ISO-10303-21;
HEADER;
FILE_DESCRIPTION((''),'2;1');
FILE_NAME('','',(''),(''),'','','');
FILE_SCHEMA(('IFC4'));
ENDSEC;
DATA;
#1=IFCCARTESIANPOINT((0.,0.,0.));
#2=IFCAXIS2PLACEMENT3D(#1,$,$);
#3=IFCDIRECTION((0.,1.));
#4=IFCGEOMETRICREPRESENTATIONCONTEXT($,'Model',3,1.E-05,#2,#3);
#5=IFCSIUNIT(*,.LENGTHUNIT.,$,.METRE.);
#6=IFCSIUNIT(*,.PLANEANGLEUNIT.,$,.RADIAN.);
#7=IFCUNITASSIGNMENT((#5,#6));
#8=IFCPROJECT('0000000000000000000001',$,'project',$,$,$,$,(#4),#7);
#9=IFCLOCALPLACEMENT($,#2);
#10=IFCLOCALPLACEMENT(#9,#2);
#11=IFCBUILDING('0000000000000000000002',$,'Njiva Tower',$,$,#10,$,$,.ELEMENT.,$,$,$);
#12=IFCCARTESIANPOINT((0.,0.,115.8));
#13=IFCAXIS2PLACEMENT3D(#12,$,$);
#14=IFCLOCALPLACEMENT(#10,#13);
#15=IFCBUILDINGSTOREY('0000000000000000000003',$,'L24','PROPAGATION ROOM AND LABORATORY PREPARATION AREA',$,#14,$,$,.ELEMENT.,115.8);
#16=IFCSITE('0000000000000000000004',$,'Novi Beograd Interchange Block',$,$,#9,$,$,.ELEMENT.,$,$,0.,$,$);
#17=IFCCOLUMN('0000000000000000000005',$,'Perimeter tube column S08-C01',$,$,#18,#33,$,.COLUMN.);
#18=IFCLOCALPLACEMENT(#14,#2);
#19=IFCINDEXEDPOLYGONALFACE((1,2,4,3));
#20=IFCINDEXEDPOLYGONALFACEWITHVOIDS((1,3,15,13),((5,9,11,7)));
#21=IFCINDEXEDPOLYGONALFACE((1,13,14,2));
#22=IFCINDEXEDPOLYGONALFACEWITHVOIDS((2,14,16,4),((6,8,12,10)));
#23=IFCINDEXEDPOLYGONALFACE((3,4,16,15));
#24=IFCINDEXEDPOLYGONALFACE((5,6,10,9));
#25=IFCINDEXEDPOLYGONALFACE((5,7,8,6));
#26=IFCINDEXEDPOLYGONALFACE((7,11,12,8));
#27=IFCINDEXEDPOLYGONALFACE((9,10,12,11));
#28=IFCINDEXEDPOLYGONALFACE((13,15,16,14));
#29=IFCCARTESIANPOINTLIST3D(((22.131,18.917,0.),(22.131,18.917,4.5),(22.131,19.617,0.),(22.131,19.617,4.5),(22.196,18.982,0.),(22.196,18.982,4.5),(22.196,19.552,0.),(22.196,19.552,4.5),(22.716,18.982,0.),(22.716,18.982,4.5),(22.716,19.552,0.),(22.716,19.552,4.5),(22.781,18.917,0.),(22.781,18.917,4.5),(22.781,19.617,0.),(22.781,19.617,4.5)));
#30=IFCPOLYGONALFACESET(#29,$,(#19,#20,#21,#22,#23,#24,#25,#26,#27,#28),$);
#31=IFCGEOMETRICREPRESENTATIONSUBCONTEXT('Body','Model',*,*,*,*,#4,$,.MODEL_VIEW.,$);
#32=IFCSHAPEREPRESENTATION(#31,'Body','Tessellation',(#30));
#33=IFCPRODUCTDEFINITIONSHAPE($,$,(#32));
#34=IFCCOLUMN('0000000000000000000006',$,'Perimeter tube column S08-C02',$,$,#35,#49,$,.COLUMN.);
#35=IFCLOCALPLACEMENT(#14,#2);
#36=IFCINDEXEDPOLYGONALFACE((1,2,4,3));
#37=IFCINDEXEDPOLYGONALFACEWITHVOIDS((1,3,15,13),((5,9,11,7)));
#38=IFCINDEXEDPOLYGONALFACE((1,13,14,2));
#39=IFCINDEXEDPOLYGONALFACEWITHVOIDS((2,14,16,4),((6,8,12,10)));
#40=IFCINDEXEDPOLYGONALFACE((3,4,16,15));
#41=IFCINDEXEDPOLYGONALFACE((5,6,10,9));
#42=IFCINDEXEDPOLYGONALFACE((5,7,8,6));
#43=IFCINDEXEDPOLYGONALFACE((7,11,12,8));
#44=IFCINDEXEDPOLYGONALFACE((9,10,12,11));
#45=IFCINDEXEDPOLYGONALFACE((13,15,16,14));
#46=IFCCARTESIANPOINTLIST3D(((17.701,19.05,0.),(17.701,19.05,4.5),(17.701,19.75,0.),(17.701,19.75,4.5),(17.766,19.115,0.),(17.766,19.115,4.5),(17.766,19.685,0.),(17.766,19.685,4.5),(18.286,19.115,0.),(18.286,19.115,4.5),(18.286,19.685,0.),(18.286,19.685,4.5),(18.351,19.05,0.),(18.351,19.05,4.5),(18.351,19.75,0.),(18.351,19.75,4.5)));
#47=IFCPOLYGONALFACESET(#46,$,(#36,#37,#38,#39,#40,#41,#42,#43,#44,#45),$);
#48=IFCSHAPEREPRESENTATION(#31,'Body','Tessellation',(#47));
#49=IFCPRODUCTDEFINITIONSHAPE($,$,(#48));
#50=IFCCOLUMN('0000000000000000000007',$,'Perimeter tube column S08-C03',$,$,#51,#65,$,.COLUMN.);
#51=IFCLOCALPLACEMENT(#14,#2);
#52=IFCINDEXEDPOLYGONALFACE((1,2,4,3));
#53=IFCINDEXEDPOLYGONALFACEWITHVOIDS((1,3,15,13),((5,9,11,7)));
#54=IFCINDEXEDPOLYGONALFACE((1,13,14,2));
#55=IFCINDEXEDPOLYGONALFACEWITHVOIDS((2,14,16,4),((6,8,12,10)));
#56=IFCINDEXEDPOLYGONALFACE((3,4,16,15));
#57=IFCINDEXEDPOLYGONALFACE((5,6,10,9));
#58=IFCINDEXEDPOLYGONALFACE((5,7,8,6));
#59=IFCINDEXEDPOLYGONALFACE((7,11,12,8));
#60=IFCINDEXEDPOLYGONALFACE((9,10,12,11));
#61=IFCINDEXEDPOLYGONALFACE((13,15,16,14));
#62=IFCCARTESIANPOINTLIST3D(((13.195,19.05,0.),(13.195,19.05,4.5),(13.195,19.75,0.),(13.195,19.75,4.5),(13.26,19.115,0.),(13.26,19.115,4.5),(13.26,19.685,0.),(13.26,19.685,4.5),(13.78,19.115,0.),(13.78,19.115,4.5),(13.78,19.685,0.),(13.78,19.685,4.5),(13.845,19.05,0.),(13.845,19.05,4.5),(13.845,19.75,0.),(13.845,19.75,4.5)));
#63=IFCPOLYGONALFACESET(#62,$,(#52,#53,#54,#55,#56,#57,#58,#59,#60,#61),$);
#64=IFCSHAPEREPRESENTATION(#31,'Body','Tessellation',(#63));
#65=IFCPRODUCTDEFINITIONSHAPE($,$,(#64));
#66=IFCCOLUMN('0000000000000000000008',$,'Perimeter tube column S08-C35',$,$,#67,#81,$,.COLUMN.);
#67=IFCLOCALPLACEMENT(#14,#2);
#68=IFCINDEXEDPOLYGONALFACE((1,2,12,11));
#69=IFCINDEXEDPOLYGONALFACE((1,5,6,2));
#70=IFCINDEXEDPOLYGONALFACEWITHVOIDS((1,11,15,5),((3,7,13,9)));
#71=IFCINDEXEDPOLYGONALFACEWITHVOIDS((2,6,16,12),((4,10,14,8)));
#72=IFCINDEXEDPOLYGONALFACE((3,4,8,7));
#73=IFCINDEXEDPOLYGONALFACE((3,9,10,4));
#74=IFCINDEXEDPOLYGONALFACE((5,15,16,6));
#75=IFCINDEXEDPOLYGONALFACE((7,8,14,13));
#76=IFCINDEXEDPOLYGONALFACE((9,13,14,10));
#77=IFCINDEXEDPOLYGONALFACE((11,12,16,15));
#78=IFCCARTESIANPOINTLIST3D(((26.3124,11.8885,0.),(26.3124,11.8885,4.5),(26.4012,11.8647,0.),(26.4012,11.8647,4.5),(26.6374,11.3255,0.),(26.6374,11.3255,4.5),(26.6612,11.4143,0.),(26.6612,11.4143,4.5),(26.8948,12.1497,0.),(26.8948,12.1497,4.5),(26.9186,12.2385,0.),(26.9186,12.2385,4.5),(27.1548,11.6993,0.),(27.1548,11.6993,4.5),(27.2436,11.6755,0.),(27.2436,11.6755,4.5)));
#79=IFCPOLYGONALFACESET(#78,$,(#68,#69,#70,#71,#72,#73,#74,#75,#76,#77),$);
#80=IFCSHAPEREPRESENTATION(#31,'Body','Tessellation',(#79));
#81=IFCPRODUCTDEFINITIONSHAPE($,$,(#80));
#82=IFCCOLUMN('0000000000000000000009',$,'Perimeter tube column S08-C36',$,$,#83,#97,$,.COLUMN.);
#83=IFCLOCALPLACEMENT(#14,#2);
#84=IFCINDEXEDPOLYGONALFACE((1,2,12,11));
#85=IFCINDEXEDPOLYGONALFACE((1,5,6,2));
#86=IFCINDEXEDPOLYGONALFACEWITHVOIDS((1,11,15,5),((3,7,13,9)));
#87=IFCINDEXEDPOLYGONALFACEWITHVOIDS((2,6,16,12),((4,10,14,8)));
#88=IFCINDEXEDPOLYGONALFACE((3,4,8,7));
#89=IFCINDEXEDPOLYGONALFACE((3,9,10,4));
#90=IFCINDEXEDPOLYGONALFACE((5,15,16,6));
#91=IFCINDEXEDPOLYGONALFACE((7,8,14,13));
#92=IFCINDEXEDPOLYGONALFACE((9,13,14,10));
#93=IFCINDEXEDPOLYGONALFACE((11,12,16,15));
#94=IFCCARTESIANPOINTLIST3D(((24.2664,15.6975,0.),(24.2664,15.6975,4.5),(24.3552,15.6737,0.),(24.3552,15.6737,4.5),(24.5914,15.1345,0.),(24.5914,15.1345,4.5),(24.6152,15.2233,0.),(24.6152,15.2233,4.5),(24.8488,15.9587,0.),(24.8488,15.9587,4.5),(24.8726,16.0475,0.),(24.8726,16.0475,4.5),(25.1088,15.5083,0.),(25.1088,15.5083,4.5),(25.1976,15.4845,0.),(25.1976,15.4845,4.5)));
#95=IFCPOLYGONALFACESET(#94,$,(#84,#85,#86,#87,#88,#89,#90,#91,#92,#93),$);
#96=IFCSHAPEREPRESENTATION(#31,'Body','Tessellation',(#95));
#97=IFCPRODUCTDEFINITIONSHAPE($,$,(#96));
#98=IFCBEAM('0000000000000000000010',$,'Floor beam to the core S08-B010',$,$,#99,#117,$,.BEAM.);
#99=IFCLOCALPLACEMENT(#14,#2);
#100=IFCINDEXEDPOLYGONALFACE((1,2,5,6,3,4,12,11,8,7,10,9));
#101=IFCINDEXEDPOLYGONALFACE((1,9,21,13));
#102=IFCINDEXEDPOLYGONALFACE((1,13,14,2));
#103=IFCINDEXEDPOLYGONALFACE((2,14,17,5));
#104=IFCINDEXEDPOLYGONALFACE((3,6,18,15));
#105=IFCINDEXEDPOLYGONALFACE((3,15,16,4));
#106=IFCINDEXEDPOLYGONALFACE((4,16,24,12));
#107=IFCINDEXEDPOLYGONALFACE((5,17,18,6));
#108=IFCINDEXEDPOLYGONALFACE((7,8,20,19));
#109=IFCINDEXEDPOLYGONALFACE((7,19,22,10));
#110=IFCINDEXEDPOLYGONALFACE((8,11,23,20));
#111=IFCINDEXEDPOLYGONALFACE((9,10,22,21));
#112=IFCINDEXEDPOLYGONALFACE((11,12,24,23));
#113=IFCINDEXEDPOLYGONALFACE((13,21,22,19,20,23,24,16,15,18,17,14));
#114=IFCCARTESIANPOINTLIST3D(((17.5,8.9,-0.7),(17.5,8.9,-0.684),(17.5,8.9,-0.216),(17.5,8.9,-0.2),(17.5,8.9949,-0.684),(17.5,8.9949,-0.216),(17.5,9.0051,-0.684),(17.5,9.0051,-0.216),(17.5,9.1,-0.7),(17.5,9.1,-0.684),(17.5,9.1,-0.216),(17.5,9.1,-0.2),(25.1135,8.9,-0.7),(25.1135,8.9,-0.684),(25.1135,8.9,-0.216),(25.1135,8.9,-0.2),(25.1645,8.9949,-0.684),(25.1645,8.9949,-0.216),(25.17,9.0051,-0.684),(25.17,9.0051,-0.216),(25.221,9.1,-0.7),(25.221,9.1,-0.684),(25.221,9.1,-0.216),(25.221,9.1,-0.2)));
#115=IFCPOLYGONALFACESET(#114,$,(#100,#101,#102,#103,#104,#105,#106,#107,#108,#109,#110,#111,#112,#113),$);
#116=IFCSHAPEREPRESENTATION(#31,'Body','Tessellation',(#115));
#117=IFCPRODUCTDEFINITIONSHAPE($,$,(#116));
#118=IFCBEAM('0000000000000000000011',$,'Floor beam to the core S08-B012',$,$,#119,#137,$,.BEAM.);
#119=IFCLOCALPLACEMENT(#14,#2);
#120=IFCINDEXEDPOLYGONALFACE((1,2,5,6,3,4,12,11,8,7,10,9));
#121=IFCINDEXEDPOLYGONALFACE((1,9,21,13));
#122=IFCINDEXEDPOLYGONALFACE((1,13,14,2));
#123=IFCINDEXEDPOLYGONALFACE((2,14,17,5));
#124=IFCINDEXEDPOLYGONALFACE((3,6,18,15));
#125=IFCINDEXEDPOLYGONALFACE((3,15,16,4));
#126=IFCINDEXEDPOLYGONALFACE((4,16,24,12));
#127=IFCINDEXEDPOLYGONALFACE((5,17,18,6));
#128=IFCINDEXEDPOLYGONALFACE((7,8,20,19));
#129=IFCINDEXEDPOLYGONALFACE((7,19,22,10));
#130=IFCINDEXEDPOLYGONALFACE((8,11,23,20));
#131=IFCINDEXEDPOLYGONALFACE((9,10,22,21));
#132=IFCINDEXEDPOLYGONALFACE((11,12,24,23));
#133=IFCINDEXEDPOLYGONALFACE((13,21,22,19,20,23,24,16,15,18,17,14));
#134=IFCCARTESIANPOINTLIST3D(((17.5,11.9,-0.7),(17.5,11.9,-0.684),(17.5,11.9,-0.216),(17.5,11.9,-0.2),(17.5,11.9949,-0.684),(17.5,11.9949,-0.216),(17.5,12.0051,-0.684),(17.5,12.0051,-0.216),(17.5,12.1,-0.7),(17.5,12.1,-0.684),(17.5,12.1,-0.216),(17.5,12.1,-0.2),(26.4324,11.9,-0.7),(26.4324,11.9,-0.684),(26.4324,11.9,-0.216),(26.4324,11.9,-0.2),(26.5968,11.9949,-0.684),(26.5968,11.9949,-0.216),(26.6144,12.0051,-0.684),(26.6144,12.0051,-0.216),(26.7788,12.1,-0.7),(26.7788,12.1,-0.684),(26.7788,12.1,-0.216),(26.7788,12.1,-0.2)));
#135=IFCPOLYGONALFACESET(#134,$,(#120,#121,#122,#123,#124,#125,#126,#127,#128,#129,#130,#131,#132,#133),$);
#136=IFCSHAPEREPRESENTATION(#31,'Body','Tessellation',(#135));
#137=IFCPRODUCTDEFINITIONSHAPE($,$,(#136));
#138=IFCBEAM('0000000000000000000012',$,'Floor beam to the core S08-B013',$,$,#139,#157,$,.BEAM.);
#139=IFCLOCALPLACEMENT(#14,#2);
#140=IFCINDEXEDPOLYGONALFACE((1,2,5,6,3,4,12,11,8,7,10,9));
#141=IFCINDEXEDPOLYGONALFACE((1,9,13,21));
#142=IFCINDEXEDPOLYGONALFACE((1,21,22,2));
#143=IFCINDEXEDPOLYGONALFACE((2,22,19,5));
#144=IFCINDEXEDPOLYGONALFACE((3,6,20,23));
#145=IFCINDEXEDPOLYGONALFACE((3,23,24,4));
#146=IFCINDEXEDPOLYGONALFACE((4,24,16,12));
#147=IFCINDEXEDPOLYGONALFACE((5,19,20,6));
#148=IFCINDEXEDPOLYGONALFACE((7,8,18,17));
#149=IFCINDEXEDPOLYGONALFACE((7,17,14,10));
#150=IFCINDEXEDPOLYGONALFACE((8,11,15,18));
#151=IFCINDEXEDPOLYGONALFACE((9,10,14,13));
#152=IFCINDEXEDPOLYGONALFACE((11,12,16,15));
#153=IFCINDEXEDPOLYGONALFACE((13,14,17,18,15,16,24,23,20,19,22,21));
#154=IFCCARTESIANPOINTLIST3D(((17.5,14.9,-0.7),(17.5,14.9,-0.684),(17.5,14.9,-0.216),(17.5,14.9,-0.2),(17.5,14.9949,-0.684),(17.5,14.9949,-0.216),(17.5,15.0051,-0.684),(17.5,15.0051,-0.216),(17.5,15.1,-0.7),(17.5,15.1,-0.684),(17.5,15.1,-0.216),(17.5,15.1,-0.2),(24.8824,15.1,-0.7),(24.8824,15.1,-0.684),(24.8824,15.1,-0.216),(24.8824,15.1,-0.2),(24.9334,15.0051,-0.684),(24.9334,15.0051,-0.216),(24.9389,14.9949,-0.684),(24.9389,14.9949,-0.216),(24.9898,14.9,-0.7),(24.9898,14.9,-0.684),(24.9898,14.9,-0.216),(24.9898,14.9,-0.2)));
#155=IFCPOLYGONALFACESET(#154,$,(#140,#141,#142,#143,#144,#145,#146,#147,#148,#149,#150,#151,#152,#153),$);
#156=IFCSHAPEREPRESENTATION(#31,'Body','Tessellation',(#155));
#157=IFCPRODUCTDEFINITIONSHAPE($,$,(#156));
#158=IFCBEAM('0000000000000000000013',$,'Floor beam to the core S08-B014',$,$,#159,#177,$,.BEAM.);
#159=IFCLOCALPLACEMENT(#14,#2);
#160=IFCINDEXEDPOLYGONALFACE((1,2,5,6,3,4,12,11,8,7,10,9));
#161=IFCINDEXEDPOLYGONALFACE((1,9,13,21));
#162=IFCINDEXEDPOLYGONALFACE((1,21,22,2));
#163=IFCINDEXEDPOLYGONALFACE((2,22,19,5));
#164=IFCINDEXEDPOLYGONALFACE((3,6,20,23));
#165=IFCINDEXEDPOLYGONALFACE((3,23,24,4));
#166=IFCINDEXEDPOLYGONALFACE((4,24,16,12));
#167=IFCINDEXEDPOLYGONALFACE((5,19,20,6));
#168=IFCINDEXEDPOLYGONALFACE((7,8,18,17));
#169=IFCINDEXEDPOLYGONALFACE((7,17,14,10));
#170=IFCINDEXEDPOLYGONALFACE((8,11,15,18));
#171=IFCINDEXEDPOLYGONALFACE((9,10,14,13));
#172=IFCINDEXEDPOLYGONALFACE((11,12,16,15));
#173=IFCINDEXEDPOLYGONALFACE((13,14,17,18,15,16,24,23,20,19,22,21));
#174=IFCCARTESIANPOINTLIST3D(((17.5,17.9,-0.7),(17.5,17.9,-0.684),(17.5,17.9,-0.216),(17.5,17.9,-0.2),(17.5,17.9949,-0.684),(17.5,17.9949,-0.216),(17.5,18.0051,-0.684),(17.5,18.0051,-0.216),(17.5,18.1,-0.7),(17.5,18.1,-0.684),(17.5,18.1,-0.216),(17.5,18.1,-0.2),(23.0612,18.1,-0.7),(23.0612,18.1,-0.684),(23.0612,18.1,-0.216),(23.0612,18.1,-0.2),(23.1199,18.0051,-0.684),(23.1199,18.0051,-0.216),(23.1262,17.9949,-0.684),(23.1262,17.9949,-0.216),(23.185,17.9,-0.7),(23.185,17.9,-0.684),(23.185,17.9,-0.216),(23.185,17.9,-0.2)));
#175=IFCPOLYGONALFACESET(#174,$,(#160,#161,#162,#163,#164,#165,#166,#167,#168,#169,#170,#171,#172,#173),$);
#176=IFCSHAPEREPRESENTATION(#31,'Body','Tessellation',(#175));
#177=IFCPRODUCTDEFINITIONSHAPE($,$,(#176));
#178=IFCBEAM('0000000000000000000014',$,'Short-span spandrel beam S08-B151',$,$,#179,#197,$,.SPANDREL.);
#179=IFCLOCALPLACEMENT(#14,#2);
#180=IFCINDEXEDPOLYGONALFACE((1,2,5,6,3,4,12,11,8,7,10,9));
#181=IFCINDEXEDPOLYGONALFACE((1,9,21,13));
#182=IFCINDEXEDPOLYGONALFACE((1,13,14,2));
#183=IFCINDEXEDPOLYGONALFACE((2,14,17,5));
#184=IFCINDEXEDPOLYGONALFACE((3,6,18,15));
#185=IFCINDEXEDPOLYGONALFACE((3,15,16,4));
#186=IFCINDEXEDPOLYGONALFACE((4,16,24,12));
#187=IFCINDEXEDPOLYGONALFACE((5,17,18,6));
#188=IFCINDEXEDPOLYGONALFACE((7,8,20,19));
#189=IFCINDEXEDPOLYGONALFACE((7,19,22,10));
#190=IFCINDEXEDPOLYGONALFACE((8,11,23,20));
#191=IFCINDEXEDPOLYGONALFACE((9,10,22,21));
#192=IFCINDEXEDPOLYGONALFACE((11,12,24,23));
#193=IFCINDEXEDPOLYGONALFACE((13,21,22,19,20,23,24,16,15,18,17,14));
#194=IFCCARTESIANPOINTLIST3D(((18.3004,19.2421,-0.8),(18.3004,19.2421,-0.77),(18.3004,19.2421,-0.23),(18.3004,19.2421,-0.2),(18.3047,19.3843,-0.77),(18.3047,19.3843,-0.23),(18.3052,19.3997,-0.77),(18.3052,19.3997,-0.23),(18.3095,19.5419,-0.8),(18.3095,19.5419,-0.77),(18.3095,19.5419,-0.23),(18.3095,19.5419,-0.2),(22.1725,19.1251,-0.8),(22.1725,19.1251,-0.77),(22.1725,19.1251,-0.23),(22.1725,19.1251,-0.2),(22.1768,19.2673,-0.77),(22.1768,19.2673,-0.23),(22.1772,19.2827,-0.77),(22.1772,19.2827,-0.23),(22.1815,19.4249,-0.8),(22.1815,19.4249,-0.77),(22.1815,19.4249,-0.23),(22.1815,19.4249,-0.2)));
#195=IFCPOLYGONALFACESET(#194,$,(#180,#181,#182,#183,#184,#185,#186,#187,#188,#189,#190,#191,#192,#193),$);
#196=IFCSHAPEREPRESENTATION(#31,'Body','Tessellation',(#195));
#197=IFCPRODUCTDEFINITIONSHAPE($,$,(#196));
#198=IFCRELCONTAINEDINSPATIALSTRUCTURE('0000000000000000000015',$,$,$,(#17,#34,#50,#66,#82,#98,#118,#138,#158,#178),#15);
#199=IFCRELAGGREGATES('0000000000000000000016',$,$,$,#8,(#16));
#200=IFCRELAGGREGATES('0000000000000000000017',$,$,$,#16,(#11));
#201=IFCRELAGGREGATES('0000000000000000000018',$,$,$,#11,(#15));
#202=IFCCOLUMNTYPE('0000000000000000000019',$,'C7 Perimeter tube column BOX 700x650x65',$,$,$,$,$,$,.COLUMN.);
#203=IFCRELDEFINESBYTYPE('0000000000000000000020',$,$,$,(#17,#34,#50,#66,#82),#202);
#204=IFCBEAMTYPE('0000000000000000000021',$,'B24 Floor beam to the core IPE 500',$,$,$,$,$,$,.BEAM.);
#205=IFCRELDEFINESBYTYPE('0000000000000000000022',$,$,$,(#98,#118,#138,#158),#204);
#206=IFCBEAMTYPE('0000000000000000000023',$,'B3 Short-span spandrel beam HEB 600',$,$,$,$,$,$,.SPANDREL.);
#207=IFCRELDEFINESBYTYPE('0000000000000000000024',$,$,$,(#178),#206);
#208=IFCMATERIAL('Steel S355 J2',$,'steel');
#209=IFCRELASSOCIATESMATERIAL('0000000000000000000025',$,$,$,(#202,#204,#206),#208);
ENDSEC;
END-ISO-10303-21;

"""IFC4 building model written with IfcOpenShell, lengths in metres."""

from ifc_helpers import new_model, si_unit, direction, frame, origin, origin_2d, place, context, subcontext, project, spatial, hollow_rectangle, i_section, extrude, clip, halfspace, material, material_profile, profile_set, type_object, element, save


model = new_model("IFC4")

# Units and contexts
model_context = context("Model", 3, precision=1e-05, world=origin(), true_north=direction((0.0, 1.0)))
body_context = subcontext(model_context, "Body", "Model", "MODEL_VIEW")
ifc_project = project(units=[si_unit("LENGTHUNIT", "METRE"), si_unit("PLANEANGLEUNIT", "RADIAN")], contexts=[model_context])

# Site, building, storey
site_placement = place(None, origin())
site = spatial("IfcSite", under=ifc_project, at=site_placement, Name="Novi Beograd Interchange Block", CompositionType="ELEMENT", RefElevation=0.0)
building_placement = place(site_placement, origin())
building = spatial("IfcBuilding", under=site, at=building_placement, Name="Njiva Tower", CompositionType="ELEMENT")
storey_placement = place(building_placement, frame((0.0, 0.0, 115.8)))
storey = spatial("IfcBuildingStorey", under=building, at=storey_placement, Name="L24", Description="PROPAGATION ROOM AND LABORATORY PREPARATION AREA", CompositionType="ELEMENT", Elevation=115.8)

# Columns
ifc_material_1 = material(Name="Steel S355 J2", Category="steel")
ifc_material_profile_1 = material_profile(ifc_material_1, hollow_rectangle(XDim=0.65, YDim=0.7, WallThickness=0.065, at=origin_2d()), Name="BOX 700x650x65")
ifc_profile_set_1 = profile_set([ifc_material_profile_1], Name="Steel S355 J2")
column_type = type_object("IfcColumnType", Name="C7 Perimeter tube column BOX 700x650x65", PredefinedType="COLUMN", material=ifc_profile_set_1)
for number, where, z_axis, x_axis, name in (
    (1, (22.456, 19.267, 0.0), (0.0, 0.0, 1.0), (-1.0, 0.0, 0.0), "Perimeter tube column S08-C01"),
    (2, (18.026, 19.4, 0.0), (0.0, 0.0, 1.0), (-1.0, 0.0, 0.0), "Perimeter tube column S08-C02"),
    (3, (13.52, 19.4, 0.0), (0.0, 0.0, 1.0), (-1.0, 0.0, 0.0), "Perimeter tube column S08-C03"),
    (4, (26.778, 11.782, 0.0), (0.0, 0.0, 1.0), (-0.5, 0.866025, 0.0), "Perimeter tube column S08-C35"),
    (5, (24.732, 15.591, 0.0), (0.0, 0.0, 1.0), (-0.5, 0.866025, 0.0), "Perimeter tube column S08-C36"),
):
    element("IfcColumn", number, at=place(storey_placement, frame(where, z_axis=z_axis, x_axis=x_axis)), inside=storey, type_object=column_type, Name=name, PredefinedType="COLUMN", context=body_context, shape_type="SweptSolid", body=[
        extrude(hollow_rectangle(XDim=0.65, YDim=0.7, WallThickness=0.065, at=origin_2d()), origin(), (0.0, 0.0, 1.0), 4.5),
    ])

# Beams
ifc_material_profile_2 = material_profile(ifc_material_1, i_section(OverallWidth=0.2, OverallDepth=0.5, WebThickness=0.0102, FlangeThickness=0.016, at=origin_2d()), Name="IPE 500")
ifc_profile_set_2 = profile_set([ifc_material_profile_2], Name="Steel S355 J2")
beam_type_1 = type_object("IfcBeamType", Name="B24 Floor beam to the core IPE 500", PredefinedType="BEAM", material=ifc_profile_set_2)
beam_1_placement = place(storey_placement, frame((17.5, 9.0, -0.45), z_axis=(1.0, 0.0, 0.0), x_axis=(0.0, 1.0, 0.0)))
element("IfcBeam", 6, at=beam_1_placement, inside=storey, type_object=beam_type_1, Name="Floor beam to the core S08-B010", PredefinedType="BEAM", context=body_context, shape_type="Clipping", body=[
    clip(extrude(i_section(OverallWidth=0.2, OverallDepth=0.5, WebThickness=0.0102, FlangeThickness=0.016, at=origin_2d()), origin(), (0.0, 0.0, 1.0), 7.741), halfspace(frame((-0.0237, 0.0, 7.6545), z_axis=(-0.473762, 0.0, 0.880653), x_axis=(0.0, 1.0, 0.0)), False)),
])
beam_2_placement = place(storey_placement, frame((17.5, 12.0, -0.45), z_axis=(1.0, 0.0, 0.0), x_axis=(0.0, 1.0, 0.0)))
element("IfcBeam", 7, at=beam_2_placement, inside=storey, type_object=beam_type_1, Name="Floor beam to the core S08-B012", PredefinedType="BEAM", context=body_context, shape_type="Clipping", body=[
    clip(extrude(i_section(OverallWidth=0.2, OverallDepth=0.5, WebThickness=0.0102, FlangeThickness=0.016, at=origin_2d()), origin(), (0.0, 0.0, 1.0), 9.299), halfspace(frame((-0.0433, 0.0, 9.0306), z_axis=(-0.866027, 0.0, 0.499998), x_axis=(0.0, 1.0, 0.0)), False)),
])
beam_3_placement = place(storey_placement, frame((17.5, 15.0, -0.45), z_axis=(1.0, 0.0, 0.0), x_axis=(0.0, 1.0, 0.0)))
element("IfcBeam", 8, at=beam_3_placement, inside=storey, type_object=beam_type_1, Name="Floor beam to the core S08-B013", PredefinedType="BEAM", context=body_context, shape_type="Clipping", body=[
    clip(extrude(i_section(OverallWidth=0.2, OverallDepth=0.5, WebThickness=0.0102, FlangeThickness=0.016, at=origin_2d()), origin(), (0.0, 0.0, 1.0), 7.51), halfspace(frame((0.0237, 0.0, 7.4234), z_axis=(0.473099, 0.0, 0.881009), x_axis=(0.0, 1.0, 0.0)), False)),
])
beam_4_placement = place(storey_placement, frame((17.5, 18.0, -0.45), z_axis=(1.0, 0.0, 0.0), x_axis=(0.0, 1.0, 0.0)))
element("IfcBeam", 9, at=beam_4_placement, inside=storey, type_object=beam_type_1, Name="Floor beam to the core S08-B014", PredefinedType="BEAM", context=body_context, shape_type="Clipping", body=[
    clip(extrude(i_section(OverallWidth=0.2, OverallDepth=0.5, WebThickness=0.0102, FlangeThickness=0.016, at=origin_2d()), origin(), (0.0, 0.0, 1.0), 5.705), halfspace(frame((0.0263, 0.0, 5.6068), z_axis=(0.526429, 0.0, 0.850219), x_axis=(0.0, 1.0, 0.0)), False)),
])
ifc_material_profile_3 = material_profile(ifc_material_1, i_section(OverallWidth=0.3, OverallDepth=0.6, WebThickness=0.0155, FlangeThickness=0.03, at=origin_2d()), Name="HEB 600")
ifc_profile_set_3 = profile_set([ifc_material_profile_3], Name="Steel S355 J2")
beam_type_2 = type_object("IfcBeamType", Name="B3 Short-span spandrel beam HEB 600", PredefinedType="SPANDREL", material=ifc_profile_set_3)
beam_5_placement = place(storey_placement, frame((22.177, 19.275, -0.5), z_axis=(-0.999544, 0.030203, 0.0), x_axis=(-0.030203, -0.999544, 0.0)))
element("IfcBeam", 10, at=beam_5_placement, inside=storey, type_object=beam_type_2, Name="Short-span spandrel beam S08-B151", PredefinedType="SPANDREL", context=body_context, shape_type="SweptSolid", body=[
    extrude(i_section(OverallWidth=0.3, OverallDepth=0.6, WebThickness=0.0155, FlangeThickness=0.03, at=origin_2d()), origin(), (0.0, 0.0, 1.0), 3.8738),
])

save(model, "model.ifc")
